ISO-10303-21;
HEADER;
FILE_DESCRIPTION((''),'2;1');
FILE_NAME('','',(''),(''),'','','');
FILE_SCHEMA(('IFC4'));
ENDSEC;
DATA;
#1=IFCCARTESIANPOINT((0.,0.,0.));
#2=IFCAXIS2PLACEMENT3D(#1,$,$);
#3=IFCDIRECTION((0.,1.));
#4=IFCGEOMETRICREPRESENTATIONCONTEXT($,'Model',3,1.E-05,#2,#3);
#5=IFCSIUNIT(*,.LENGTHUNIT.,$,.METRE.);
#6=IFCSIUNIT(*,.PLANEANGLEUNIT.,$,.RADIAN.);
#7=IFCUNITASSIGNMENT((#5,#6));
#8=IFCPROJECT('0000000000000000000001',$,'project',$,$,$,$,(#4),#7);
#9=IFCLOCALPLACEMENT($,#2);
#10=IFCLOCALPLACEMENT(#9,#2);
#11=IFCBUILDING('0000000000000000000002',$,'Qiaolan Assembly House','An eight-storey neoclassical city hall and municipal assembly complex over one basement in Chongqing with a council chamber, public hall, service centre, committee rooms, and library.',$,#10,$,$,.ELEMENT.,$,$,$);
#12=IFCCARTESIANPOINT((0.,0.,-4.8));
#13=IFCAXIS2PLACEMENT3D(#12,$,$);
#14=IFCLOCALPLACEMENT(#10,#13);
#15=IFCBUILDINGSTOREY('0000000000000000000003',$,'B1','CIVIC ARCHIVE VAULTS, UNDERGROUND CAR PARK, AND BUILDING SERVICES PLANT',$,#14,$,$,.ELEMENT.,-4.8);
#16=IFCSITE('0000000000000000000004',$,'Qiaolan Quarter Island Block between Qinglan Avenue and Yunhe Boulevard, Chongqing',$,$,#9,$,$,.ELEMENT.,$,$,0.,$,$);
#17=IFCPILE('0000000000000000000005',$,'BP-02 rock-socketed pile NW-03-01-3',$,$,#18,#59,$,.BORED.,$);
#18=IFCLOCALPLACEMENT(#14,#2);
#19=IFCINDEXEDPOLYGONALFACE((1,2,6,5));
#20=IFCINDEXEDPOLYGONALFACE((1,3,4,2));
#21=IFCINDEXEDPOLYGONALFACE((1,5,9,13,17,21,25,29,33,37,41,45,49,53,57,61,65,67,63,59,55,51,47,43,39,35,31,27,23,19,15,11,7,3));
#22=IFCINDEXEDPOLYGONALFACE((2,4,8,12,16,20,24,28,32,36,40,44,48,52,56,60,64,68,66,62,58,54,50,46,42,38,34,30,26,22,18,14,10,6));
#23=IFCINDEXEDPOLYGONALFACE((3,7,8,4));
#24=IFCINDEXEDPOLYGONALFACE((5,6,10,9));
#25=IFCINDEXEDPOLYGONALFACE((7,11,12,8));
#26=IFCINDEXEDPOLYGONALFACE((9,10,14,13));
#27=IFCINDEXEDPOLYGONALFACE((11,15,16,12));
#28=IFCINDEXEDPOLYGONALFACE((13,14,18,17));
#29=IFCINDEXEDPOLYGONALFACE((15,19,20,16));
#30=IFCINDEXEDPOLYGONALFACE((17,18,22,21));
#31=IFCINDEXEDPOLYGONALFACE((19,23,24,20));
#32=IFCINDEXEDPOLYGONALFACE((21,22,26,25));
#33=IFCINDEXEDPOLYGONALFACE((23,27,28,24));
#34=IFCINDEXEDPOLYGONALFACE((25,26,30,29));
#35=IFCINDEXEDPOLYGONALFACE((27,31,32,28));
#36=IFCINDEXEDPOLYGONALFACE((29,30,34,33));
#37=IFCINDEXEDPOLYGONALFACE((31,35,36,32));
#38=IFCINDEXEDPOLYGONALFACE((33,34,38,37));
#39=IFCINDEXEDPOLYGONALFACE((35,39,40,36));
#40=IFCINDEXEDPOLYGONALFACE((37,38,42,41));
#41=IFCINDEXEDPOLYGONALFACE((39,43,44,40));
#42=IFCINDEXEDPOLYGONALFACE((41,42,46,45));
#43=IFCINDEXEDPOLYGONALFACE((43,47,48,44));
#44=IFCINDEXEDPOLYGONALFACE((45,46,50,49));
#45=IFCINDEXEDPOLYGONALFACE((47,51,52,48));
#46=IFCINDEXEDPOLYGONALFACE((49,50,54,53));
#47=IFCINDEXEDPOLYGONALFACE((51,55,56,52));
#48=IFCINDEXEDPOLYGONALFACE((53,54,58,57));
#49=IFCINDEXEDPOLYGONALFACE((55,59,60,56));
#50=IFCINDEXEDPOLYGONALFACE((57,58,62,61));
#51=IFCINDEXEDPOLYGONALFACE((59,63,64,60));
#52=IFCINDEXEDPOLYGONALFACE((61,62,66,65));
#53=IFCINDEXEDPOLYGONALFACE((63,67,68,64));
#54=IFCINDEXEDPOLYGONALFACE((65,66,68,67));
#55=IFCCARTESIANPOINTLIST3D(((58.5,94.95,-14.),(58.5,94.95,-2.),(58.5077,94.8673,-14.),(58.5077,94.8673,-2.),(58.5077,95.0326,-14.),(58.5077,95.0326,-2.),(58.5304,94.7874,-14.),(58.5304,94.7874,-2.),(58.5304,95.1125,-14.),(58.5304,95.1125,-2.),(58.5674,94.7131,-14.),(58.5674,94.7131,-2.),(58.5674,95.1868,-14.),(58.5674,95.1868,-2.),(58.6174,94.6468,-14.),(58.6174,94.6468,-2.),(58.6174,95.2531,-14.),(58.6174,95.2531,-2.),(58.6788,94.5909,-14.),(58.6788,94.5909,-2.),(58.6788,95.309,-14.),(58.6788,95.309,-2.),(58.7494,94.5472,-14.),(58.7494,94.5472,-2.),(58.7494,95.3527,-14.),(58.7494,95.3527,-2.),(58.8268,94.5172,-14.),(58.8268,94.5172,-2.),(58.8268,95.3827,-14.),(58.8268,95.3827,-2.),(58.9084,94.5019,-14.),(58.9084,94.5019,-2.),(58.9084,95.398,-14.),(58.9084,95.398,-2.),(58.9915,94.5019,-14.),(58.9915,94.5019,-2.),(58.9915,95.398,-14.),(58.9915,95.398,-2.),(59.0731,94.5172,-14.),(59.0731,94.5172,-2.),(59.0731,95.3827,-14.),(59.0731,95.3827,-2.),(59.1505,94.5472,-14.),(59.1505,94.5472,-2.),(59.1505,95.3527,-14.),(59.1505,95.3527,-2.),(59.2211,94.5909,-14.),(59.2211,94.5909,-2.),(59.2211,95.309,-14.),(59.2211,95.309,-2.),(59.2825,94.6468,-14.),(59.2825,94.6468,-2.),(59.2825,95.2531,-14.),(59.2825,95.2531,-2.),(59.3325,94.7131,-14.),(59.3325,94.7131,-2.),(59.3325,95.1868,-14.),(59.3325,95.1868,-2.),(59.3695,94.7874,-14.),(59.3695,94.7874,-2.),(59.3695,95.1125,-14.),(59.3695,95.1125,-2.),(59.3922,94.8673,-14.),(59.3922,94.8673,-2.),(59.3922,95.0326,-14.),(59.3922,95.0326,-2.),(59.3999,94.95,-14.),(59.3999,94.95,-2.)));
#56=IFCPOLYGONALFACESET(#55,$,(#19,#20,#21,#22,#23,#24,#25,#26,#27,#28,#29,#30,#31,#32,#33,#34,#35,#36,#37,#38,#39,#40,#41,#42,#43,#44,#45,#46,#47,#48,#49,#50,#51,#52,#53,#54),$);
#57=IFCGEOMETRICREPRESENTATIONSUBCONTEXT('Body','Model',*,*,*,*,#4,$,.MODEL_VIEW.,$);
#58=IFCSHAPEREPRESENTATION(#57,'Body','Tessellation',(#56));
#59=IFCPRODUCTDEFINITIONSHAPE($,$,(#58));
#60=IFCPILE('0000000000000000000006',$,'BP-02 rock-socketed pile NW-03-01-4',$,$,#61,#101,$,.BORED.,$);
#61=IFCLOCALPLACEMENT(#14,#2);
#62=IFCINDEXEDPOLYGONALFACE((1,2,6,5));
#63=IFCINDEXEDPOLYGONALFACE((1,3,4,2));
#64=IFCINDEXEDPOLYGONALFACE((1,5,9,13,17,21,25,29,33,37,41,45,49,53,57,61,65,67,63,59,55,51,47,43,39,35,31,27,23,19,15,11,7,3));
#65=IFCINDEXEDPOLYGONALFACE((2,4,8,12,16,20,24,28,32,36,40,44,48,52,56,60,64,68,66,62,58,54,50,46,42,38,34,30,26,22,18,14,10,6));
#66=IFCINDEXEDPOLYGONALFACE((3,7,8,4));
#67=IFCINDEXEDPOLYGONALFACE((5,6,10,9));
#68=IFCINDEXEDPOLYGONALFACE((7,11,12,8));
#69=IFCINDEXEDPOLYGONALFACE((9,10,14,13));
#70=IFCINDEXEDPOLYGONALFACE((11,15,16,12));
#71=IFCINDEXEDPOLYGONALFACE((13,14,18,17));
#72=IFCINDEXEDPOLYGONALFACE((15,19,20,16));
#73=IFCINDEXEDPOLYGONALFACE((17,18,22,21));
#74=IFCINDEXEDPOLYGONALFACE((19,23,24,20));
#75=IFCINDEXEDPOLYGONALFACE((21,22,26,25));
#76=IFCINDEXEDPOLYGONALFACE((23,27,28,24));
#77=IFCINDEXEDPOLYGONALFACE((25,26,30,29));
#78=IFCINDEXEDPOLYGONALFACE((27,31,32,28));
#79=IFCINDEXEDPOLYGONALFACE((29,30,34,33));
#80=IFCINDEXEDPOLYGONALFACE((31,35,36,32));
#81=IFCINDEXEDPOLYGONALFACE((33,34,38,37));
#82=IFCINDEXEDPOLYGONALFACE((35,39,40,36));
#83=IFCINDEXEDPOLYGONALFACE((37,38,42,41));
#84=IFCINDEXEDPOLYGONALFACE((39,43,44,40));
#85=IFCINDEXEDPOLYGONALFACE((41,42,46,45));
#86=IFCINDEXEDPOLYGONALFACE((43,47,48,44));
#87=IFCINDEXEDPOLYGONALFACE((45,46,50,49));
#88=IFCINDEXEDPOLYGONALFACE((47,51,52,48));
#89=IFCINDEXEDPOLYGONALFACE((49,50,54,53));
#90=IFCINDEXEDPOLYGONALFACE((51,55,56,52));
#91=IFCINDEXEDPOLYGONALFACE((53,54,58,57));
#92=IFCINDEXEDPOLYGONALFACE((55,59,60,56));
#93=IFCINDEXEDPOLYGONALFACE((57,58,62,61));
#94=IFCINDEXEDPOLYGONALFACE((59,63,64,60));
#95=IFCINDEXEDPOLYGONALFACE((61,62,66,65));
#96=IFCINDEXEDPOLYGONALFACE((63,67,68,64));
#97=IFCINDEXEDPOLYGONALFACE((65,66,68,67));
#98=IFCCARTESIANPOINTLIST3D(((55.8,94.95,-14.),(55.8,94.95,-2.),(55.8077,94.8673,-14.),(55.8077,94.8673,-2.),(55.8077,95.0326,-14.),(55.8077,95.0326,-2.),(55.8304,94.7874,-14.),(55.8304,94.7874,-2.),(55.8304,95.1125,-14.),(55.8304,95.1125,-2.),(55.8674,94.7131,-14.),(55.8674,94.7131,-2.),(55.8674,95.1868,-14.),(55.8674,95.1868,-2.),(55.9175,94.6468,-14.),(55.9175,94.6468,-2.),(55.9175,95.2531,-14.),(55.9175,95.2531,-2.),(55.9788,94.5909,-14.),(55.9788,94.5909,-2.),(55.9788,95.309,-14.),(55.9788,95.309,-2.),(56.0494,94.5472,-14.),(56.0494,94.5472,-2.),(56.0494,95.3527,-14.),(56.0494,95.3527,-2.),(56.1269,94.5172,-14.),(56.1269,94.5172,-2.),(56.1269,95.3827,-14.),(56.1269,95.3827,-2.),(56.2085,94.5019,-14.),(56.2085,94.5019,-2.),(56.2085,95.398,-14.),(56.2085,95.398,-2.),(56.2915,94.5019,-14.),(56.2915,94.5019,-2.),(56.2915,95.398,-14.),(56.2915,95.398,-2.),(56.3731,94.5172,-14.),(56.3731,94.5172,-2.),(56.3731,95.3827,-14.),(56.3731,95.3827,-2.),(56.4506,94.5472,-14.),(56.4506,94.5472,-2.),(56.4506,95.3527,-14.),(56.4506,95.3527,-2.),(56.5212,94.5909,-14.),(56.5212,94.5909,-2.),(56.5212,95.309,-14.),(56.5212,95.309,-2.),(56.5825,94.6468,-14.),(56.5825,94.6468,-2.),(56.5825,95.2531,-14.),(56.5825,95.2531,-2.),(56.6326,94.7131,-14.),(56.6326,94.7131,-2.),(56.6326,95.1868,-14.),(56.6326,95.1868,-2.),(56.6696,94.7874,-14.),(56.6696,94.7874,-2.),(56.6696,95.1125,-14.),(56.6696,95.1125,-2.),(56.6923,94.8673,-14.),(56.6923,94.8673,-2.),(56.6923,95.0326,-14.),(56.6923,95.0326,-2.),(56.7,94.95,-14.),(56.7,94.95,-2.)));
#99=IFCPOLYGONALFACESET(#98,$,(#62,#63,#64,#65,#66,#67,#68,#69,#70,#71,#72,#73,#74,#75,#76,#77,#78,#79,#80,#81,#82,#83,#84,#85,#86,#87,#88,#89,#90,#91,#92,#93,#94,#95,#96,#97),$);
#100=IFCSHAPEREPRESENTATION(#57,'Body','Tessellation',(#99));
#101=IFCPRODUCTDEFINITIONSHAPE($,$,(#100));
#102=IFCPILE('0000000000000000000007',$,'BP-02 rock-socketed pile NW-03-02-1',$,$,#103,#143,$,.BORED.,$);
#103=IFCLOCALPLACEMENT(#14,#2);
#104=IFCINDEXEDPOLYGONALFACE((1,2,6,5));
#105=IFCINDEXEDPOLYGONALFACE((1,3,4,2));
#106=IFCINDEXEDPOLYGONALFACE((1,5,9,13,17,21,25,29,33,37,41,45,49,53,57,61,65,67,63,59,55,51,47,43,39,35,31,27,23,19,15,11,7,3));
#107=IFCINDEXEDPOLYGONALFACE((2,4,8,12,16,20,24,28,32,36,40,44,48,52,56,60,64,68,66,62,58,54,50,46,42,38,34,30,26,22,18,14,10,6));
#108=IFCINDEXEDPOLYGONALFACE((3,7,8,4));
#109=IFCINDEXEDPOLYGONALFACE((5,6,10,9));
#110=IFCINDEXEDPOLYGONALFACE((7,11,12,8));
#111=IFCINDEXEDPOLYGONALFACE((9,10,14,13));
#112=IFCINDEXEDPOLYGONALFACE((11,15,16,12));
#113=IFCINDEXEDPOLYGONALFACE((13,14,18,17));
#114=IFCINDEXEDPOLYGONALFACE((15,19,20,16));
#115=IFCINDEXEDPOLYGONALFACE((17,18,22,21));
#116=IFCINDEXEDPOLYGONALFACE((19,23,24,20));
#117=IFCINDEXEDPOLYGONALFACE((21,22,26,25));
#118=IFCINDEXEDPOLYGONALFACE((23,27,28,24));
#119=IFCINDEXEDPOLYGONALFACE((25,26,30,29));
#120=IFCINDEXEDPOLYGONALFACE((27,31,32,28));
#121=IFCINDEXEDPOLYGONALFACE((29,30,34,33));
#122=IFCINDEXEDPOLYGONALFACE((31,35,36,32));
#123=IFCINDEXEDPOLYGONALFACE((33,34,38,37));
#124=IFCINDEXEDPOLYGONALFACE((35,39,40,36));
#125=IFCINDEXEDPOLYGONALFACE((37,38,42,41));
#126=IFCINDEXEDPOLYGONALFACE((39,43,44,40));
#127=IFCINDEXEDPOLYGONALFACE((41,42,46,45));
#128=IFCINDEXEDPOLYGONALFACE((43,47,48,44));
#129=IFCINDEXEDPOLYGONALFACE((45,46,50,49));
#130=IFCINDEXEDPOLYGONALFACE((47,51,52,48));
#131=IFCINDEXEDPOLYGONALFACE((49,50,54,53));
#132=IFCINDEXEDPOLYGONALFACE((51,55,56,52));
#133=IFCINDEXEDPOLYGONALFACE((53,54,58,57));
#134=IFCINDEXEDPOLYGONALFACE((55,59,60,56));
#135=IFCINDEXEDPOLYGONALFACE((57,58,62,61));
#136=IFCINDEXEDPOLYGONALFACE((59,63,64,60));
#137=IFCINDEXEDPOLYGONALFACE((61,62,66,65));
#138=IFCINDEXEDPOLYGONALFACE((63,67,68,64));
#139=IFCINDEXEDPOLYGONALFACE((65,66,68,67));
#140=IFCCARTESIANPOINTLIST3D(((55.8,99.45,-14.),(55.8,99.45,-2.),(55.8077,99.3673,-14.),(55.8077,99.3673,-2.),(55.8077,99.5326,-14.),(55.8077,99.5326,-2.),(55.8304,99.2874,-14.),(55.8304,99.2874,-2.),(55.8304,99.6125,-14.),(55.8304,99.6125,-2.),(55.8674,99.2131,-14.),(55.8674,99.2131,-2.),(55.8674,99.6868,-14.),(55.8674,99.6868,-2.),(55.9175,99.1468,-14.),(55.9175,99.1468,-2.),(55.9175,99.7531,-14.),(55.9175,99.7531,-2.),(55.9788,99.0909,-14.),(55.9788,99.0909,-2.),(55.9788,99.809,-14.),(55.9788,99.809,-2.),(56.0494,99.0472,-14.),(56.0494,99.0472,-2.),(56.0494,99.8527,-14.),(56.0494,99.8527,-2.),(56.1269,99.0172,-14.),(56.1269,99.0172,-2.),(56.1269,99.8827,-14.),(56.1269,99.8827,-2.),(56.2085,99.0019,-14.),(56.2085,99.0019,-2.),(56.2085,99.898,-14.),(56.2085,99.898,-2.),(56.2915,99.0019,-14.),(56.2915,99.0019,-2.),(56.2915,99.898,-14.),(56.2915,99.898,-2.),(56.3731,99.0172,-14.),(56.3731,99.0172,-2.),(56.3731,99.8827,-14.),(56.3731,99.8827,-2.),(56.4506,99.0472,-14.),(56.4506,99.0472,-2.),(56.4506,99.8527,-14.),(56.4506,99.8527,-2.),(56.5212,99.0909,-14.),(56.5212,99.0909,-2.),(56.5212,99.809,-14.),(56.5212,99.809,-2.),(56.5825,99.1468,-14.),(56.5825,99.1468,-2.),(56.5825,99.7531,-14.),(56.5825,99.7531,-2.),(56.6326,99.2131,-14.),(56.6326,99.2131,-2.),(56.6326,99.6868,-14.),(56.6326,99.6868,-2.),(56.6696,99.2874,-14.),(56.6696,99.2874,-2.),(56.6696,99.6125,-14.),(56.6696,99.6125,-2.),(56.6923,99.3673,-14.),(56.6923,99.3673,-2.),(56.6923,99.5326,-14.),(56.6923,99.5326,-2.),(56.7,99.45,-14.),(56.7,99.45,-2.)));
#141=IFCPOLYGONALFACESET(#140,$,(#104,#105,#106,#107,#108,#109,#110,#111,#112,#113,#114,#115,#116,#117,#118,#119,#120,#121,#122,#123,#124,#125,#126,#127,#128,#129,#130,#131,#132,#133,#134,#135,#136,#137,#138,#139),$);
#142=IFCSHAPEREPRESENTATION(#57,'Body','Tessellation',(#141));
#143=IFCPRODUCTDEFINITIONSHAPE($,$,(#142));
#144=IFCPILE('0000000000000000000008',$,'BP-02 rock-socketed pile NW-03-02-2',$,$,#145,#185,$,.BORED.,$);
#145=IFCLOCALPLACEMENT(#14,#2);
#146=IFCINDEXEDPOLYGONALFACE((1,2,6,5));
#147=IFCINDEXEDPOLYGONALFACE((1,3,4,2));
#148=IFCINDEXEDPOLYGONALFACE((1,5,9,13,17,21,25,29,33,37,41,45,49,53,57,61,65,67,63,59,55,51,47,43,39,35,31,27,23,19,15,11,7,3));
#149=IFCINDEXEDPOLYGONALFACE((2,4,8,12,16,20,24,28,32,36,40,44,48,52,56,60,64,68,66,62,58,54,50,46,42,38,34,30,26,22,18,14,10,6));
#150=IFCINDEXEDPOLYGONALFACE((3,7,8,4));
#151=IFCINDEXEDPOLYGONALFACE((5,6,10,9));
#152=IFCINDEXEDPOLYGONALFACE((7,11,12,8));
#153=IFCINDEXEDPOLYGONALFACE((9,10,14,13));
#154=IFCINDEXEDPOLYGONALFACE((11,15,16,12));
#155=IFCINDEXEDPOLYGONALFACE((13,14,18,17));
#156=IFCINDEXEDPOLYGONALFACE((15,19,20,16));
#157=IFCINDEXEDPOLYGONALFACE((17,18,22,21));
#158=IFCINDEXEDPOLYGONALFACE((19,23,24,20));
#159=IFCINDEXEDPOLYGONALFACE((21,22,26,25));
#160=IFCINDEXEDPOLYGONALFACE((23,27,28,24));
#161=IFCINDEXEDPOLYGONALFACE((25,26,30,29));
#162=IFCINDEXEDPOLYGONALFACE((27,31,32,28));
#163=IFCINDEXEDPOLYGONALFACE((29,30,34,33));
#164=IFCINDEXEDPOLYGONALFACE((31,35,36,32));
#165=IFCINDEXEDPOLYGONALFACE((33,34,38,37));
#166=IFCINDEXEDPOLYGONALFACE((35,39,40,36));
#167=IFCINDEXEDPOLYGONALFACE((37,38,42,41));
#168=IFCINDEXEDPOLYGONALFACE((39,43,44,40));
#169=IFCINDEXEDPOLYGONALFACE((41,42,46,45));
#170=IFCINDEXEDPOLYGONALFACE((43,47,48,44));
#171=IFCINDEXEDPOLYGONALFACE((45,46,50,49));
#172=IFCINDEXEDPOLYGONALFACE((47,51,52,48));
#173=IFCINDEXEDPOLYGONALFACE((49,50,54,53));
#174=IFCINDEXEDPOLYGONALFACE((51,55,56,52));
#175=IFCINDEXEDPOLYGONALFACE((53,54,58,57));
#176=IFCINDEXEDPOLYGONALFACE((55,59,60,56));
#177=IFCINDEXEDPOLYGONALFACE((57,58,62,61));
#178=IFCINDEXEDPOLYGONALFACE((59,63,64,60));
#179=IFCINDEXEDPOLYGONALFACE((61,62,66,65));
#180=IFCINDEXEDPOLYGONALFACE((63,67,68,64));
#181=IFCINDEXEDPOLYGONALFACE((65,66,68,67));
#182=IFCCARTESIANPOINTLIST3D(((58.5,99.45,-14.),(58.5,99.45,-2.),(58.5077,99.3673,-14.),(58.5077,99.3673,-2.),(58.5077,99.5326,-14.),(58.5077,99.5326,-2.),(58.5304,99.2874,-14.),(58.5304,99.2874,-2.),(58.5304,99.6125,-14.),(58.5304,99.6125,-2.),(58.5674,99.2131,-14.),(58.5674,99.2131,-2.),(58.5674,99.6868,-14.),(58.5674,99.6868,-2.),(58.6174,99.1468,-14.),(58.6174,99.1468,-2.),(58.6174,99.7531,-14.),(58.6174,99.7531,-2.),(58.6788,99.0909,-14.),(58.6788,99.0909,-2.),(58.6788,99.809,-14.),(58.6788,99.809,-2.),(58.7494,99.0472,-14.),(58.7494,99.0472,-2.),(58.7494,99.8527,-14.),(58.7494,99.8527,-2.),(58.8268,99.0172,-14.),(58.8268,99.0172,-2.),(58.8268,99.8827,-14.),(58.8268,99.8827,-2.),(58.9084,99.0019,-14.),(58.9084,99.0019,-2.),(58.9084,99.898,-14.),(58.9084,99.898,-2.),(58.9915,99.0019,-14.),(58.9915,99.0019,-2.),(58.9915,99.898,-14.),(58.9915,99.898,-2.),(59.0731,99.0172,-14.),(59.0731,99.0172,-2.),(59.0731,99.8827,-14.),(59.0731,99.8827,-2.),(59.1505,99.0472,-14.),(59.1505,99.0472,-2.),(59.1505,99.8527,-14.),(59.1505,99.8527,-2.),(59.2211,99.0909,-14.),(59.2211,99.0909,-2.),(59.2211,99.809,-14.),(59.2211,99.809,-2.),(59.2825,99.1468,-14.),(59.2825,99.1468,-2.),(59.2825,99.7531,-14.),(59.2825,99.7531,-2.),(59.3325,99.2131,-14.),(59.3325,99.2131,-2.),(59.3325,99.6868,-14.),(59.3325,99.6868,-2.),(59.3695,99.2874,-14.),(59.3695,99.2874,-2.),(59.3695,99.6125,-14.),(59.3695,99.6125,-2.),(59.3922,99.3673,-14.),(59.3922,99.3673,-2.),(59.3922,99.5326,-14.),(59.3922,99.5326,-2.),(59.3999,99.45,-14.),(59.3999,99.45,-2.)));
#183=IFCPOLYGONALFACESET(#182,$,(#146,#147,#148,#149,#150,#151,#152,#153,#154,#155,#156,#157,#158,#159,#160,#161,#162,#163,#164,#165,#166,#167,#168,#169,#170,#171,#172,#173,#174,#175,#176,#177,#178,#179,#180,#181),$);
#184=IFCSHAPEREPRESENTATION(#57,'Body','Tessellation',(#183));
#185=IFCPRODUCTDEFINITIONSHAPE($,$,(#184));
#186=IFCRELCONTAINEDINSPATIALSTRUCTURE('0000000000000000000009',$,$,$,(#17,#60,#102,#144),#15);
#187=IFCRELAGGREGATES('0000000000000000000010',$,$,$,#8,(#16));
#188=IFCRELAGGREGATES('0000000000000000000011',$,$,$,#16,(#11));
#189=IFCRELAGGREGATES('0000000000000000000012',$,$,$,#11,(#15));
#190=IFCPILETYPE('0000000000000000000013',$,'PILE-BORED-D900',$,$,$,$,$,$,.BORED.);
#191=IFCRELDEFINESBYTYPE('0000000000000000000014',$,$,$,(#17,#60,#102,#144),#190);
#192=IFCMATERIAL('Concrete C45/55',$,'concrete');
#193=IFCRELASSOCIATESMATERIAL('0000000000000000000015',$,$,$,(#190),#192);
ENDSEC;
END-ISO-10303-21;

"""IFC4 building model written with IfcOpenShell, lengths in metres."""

from ifc_helpers import new_model, si_unit, direction, frame, origin, origin_2d, place, context, subcontext, project, spatial, circle, extrude, material, material_profile, profile_set, type_object, element, save


model = new_model("IFC4")

# Units and contexts
model_context = context("Model", 3, precision=1e-05, world=origin(), true_north=direction((0.0, 1.0)))
body_context = subcontext(model_context, "Body", "Model", "MODEL_VIEW")
ifc_project = project(units=[si_unit("LENGTHUNIT", "METRE"), si_unit("PLANEANGLEUNIT", "RADIAN")], contexts=[model_context])

# Site, building, storey
site_placement = place(None, origin())
site = spatial("IfcSite", under=ifc_project, at=site_placement, Name="Qiaolan Quarter Island Block between Qinglan Avenue and Yunhe Boulevard, Chongqing", CompositionType="ELEMENT", RefElevation=0.0)
building_placement = place(site_placement, origin())
building = spatial("IfcBuilding", under=site, at=building_placement, Name="Qiaolan Assembly House", Description="An eight-storey neoclassical city hall and municipal assembly complex over one basement in Chongqing with a council chamber, public hall, service centre, committee rooms, and library.", CompositionType="ELEMENT")
storey_placement = place(building_placement, frame((0.0, 0.0, -4.8)))
storey = spatial("IfcBuildingStorey", under=building, at=storey_placement, Name="B1", Description="CIVIC ARCHIVE VAULTS, UNDERGROUND CAR PARK, AND BUILDING SERVICES PLANT", CompositionType="ELEMENT", Elevation=-4.8)

# Piles
ifc_material_1 = material(Name="Concrete C45/55", Category="concrete")
ifc_material_profile_1 = material_profile(ifc_material_1, circle(Radius=0.45, at=origin_2d()), Name="PILE D900")
ifc_profile_set_1 = profile_set([ifc_material_profile_1], Name="Concrete C45/55")
pile_type_1 = type_object("IfcPileType", Name="PILE-BORED-D900", PredefinedType="BORED", material=ifc_profile_set_1)
for number, where, z_axis, x_axis, name in (
    (1, (58.95, 94.95, -2.0), (0.0, 0.0, -1.0), (1.0, 0.0, 0.0), "BP-02 rock-socketed pile NW-03-01-3"),
    (2, (56.25, 94.95, -2.0), (0.0, 0.0, -1.0), (1.0, 0.0, 0.0), "BP-02 rock-socketed pile NW-03-01-4"),
    (3, (56.25, 99.45, -2.0), (0.0, 0.0, -1.0), (1.0, 0.0, 0.0), "BP-02 rock-socketed pile NW-03-02-1"),
    (4, (58.95, 99.45, -2.0), (0.0, 0.0, -1.0), (1.0, 0.0, 0.0), "BP-02 rock-socketed pile NW-03-02-2"),
):
    element("IfcPile", number, at=place(storey_placement, frame(where, z_axis=z_axis, x_axis=x_axis)), inside=storey, type_object=pile_type_1, Name=name, PredefinedType="BORED", context=body_context, shape_type="SweptSolid", body=[
        extrude(circle(Radius=0.45, at=origin_2d()), origin(), (0.0, 0.0, 1.0), 12.0),
    ])

save(model, "model.ifc")
